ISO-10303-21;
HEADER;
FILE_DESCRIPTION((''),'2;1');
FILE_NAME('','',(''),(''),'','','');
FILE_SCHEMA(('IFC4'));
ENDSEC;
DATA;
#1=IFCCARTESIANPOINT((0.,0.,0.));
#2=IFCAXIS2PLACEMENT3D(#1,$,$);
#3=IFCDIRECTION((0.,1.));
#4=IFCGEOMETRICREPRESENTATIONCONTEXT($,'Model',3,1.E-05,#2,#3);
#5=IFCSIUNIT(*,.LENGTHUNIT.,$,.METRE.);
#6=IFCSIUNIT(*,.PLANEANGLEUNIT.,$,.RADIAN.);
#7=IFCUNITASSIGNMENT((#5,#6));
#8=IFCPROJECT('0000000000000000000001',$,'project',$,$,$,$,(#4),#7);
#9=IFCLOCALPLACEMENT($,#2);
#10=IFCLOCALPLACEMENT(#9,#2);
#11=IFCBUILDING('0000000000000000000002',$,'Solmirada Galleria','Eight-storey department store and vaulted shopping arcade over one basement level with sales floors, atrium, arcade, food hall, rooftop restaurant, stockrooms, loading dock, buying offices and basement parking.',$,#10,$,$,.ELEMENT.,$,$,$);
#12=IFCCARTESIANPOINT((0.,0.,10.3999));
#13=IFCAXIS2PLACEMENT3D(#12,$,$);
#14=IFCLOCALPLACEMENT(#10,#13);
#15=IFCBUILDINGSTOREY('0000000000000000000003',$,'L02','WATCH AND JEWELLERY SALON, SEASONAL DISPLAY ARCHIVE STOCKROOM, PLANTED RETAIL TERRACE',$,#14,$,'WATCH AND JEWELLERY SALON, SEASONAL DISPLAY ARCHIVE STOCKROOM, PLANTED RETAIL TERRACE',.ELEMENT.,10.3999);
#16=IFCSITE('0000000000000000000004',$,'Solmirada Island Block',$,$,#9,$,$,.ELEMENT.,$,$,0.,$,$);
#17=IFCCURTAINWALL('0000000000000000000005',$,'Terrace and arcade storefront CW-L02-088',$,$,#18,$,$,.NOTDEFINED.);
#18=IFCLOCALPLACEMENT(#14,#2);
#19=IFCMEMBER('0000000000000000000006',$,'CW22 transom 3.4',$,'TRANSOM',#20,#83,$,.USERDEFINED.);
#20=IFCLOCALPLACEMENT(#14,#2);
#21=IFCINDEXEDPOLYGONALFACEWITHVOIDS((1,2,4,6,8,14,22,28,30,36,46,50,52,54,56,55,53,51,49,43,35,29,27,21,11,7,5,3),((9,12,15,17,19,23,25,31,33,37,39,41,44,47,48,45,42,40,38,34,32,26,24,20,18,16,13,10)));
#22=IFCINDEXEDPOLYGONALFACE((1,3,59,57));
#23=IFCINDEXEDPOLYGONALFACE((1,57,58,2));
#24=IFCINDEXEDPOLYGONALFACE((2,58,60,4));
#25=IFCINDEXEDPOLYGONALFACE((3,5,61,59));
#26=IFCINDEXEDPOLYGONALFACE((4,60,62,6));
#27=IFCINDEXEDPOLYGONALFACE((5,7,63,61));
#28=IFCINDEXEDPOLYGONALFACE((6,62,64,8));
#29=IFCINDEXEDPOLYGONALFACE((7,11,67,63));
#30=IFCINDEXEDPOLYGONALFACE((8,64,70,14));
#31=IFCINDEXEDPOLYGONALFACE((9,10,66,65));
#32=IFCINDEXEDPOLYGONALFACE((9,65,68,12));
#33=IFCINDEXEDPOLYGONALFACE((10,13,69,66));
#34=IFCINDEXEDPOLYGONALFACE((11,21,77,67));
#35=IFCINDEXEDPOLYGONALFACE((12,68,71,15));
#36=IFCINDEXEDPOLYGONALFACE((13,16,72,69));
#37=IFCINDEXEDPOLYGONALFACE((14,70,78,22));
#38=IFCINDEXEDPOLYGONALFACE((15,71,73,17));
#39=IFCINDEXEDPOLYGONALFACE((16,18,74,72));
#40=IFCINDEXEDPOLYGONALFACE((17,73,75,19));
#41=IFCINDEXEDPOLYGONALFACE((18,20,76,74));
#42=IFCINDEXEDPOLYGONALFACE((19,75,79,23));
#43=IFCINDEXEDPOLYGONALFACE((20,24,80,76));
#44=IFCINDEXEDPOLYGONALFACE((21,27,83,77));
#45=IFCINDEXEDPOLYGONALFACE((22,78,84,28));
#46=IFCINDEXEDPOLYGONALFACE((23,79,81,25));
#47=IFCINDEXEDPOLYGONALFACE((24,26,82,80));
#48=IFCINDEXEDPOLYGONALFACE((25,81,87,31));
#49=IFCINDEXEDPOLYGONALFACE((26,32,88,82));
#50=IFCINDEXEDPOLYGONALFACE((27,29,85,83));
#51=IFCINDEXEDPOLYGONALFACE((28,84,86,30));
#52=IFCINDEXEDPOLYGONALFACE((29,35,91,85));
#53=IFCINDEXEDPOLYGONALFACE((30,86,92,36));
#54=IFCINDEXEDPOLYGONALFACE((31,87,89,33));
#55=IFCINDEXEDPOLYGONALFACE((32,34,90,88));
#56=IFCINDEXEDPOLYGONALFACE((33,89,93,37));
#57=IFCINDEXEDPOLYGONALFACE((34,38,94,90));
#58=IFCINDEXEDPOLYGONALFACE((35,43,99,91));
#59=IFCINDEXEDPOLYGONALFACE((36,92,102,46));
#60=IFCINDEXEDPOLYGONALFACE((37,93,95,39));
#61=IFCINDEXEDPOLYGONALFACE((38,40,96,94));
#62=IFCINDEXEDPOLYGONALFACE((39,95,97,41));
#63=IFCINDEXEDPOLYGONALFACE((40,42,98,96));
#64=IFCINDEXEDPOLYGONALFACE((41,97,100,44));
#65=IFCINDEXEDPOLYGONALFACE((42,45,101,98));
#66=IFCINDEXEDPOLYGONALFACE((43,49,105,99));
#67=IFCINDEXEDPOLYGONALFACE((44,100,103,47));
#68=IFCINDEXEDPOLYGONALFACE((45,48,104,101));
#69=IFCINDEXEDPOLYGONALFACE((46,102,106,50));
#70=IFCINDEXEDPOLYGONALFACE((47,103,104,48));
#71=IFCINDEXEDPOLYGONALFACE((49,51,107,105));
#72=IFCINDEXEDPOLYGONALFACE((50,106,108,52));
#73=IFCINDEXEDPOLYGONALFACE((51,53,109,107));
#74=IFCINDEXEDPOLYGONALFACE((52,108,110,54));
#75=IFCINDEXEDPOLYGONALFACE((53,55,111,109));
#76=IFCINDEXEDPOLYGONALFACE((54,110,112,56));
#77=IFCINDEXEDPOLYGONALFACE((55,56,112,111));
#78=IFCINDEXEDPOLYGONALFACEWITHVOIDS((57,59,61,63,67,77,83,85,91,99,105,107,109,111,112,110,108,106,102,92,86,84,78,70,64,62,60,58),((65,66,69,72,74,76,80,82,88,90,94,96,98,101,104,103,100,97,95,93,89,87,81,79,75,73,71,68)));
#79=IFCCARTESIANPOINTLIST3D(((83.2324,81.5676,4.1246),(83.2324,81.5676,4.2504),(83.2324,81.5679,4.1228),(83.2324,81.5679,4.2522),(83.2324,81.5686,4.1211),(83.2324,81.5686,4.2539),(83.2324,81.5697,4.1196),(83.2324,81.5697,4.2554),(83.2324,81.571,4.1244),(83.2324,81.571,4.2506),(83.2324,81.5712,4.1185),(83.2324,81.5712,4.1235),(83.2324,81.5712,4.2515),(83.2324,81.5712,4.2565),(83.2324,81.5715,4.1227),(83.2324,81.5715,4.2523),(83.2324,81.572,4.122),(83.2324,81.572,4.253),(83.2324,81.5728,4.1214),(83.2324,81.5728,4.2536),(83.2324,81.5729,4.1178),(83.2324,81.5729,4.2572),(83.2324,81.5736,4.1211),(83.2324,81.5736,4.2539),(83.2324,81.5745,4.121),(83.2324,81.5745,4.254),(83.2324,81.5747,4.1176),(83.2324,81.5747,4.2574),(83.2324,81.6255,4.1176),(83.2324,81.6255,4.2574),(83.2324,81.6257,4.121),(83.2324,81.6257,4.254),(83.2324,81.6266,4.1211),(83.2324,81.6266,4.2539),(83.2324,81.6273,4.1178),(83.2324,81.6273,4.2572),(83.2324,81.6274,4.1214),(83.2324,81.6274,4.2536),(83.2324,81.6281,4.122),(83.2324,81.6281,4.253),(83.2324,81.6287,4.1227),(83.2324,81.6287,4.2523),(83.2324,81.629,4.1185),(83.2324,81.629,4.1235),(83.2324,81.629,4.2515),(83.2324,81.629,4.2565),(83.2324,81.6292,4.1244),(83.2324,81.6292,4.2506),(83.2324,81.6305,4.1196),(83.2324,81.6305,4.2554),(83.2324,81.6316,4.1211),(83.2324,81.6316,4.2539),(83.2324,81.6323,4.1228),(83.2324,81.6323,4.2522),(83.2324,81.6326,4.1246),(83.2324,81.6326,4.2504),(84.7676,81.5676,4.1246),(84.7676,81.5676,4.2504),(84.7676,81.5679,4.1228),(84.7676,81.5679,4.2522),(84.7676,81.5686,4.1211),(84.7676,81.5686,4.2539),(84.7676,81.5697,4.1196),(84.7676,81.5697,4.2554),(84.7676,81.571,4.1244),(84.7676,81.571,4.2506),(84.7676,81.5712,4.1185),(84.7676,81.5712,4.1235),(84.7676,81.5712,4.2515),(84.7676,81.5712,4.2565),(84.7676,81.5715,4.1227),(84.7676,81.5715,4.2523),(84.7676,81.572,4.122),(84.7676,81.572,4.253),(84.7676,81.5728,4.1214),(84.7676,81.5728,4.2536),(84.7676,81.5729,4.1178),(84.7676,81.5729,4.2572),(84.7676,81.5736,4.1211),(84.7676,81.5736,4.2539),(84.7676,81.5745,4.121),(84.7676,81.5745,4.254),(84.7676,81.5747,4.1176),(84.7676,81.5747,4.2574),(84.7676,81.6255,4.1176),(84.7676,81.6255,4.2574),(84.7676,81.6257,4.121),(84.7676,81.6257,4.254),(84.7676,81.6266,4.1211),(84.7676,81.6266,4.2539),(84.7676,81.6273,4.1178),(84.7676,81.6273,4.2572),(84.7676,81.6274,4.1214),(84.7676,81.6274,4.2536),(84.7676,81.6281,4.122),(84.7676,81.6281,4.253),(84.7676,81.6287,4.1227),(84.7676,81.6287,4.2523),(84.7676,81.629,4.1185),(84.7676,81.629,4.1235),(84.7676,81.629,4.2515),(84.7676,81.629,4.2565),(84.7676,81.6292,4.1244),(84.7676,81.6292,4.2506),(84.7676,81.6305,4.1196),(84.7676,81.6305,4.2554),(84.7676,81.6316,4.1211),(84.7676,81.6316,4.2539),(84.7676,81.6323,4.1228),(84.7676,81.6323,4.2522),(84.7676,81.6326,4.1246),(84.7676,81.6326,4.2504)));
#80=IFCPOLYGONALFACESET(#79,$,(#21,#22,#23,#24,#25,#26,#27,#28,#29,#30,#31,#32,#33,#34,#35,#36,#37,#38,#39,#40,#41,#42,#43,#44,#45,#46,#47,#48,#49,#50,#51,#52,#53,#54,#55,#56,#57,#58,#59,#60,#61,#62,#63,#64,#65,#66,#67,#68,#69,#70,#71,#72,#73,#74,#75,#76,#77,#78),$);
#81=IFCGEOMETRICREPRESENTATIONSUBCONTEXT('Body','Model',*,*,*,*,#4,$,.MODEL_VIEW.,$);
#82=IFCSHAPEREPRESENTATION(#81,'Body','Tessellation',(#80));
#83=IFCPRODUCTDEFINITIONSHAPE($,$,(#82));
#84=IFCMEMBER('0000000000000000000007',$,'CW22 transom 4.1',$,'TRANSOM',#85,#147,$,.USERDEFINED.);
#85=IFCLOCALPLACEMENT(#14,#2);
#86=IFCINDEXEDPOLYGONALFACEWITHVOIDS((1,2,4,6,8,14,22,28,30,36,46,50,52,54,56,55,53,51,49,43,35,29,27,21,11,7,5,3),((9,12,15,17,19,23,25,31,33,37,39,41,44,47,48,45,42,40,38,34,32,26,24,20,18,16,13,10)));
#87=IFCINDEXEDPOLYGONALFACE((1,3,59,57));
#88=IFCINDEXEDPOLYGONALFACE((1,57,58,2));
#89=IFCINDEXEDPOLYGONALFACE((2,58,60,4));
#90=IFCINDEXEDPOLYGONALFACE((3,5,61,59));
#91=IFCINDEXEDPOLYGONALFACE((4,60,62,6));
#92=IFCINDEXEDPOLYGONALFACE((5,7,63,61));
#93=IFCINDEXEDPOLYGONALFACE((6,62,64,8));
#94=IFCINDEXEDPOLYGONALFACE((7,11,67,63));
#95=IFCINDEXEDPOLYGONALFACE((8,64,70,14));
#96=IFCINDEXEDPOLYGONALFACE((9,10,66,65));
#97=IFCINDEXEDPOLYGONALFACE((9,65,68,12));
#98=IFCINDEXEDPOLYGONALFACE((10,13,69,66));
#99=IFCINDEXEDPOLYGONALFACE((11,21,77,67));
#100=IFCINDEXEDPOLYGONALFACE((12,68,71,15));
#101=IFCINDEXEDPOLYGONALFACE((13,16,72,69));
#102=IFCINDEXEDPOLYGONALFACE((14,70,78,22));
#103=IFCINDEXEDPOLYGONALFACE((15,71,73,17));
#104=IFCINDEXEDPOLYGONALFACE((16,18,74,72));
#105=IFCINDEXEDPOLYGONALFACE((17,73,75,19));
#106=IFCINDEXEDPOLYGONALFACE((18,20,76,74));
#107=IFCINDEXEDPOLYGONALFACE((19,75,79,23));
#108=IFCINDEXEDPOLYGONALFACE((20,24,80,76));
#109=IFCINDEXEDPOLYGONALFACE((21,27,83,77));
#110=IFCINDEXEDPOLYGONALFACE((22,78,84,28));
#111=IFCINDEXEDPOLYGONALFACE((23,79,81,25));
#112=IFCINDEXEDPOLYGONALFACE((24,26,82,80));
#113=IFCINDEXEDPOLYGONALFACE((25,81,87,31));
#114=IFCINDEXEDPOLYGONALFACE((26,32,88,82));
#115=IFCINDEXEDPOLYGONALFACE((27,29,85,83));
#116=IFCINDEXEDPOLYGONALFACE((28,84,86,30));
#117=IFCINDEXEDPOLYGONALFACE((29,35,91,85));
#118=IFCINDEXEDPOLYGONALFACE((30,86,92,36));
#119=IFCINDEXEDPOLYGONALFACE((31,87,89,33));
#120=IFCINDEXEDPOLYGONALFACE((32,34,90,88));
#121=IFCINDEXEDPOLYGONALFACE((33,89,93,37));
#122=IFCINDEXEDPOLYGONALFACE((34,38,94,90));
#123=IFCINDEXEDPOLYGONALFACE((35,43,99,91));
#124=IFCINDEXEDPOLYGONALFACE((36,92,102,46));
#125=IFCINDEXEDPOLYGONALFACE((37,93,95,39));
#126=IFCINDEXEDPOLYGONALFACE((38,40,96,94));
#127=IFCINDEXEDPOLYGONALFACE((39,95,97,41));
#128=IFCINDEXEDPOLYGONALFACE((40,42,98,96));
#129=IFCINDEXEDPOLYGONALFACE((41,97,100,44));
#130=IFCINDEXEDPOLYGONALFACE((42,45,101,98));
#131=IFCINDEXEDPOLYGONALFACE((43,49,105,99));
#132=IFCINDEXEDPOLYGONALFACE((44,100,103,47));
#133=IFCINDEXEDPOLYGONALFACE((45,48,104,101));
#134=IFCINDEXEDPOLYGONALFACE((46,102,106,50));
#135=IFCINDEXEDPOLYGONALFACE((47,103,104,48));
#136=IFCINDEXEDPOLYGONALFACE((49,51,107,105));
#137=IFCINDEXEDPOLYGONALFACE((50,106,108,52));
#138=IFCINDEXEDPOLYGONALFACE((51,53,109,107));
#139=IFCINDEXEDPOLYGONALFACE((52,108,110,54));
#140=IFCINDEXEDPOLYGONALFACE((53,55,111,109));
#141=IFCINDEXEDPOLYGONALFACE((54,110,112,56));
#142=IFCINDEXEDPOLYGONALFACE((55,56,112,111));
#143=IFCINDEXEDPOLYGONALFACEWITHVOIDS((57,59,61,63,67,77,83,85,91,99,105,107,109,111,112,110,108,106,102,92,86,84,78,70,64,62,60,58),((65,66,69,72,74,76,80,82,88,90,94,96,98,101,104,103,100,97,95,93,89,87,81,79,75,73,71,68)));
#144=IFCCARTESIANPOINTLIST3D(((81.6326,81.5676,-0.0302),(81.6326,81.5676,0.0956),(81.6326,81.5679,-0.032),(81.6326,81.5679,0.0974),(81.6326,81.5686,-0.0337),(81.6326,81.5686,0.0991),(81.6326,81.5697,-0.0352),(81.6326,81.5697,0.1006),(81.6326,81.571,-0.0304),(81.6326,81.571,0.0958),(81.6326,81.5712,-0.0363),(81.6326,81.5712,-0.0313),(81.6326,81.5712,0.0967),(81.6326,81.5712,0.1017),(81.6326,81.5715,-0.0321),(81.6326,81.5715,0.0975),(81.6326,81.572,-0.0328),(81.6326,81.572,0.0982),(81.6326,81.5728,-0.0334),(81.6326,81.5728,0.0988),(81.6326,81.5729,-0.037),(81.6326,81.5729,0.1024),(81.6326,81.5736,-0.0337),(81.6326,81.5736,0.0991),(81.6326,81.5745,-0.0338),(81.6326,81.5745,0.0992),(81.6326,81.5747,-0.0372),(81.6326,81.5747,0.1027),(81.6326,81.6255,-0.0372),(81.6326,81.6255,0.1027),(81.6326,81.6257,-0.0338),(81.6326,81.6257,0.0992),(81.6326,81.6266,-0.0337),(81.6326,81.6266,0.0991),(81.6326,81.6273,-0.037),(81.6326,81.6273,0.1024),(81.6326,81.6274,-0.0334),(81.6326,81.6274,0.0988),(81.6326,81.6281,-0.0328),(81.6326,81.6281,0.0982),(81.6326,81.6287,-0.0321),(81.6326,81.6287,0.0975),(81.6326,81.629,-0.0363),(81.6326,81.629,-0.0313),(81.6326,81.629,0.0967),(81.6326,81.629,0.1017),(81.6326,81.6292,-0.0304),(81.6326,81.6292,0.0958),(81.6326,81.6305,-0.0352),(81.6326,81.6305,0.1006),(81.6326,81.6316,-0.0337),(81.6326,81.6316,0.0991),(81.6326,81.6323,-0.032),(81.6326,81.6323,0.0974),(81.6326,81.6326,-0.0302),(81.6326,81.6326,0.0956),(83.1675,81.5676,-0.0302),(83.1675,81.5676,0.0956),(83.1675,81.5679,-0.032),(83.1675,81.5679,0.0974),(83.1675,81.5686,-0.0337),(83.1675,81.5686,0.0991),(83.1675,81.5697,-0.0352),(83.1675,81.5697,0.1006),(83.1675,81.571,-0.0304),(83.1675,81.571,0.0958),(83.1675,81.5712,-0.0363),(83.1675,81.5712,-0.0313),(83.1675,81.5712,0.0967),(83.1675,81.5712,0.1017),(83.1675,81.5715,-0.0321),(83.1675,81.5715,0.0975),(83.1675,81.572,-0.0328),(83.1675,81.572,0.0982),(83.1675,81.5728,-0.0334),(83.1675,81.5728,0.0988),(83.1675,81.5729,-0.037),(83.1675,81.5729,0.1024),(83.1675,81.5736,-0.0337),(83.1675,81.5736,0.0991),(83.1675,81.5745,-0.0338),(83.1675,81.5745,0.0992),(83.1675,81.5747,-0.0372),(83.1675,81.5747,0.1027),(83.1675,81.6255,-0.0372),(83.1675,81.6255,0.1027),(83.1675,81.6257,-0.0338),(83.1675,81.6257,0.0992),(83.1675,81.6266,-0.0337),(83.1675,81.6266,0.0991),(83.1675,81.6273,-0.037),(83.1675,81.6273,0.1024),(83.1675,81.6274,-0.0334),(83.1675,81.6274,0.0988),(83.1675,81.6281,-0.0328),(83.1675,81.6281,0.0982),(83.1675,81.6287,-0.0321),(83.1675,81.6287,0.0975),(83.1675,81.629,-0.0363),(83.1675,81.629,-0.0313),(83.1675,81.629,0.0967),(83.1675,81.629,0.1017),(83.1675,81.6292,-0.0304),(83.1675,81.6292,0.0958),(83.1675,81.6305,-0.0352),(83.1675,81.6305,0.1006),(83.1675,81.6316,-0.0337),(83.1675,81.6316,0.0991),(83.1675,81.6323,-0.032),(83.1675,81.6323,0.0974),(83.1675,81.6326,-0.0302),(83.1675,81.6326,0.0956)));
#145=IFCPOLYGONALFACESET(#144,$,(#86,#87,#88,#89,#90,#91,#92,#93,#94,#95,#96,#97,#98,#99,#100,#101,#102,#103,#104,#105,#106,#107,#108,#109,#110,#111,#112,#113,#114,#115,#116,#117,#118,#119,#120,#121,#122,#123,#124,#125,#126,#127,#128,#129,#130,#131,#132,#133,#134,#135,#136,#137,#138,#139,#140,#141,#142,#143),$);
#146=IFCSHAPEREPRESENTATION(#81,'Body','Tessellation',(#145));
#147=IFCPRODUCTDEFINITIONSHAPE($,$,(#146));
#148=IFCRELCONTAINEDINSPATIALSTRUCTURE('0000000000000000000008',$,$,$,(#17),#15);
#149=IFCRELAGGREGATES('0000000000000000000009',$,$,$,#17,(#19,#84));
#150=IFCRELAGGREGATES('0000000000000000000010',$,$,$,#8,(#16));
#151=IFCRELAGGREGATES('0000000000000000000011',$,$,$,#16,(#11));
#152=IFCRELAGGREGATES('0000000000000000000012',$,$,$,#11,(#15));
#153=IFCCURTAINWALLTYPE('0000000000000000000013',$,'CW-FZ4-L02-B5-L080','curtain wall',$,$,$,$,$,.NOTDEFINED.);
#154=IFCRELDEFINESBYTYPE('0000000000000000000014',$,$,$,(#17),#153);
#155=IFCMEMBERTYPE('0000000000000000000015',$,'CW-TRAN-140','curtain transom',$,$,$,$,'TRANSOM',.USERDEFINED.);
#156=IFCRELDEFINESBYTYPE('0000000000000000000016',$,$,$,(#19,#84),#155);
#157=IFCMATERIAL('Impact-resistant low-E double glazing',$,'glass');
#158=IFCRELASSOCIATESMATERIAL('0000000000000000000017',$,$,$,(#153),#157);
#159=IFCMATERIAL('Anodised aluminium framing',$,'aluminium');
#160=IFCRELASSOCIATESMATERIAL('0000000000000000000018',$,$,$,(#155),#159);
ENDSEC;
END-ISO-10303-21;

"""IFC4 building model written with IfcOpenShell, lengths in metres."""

from ifc_helpers import new_model, si_unit, direction, frame, origin, origin_2d, place, context, subcontext, project, spatial, hollow_rectangle, extrude, material, material_profile, profile_set, type_object, element, aggregate, save


model = new_model("IFC4")

# Units and contexts
model_context = context("Model", 3, precision=1e-05, world=origin(), true_north=direction((0.0, 1.0)))
body_context = subcontext(model_context, "Body", "Model", "MODEL_VIEW")
ifc_project = project(units=[si_unit("LENGTHUNIT", "METRE"), si_unit("PLANEANGLEUNIT", "RADIAN")], contexts=[model_context])

# Site, building, storey
site_placement = place(None, origin())
site = spatial("IfcSite", under=ifc_project, at=site_placement, Name="Solmirada Island Block", CompositionType="ELEMENT", RefElevation=0.0)
building_placement = place(site_placement, origin())
building = spatial("IfcBuilding", under=site, at=building_placement, Name="Solmirada Galleria", Description="Eight-storey department store and vaulted shopping arcade over one basement level with sales floors, atrium, arcade, food hall, rooftop restaurant, stockrooms, loading dock, buying offices and basement parking.", CompositionType="ELEMENT")
storey_placement = place(building_placement, frame((0.0, 0.0, 10.3999)))
storey = spatial("IfcBuildingStorey", under=building, at=storey_placement, Name="L02", Description="WATCH AND JEWELLERY SALON, SEASONAL DISPLAY ARCHIVE STOCKROOM, PLANTED RETAIL TERRACE", LongName="WATCH AND JEWELLERY SALON, SEASONAL DISPLAY ARCHIVE STOCKROOM, PLANTED RETAIL TERRACE", CompositionType="ELEMENT", Elevation=10.3999)

# Curtain wall, members
ifc_material_1 = material(Name="Impact-resistant low-E double glazing", Category="glass")
curtain_wall_type = type_object("IfcCurtainWallType", Name="CW-FZ4-L02-B5-L080", Description="curtain wall", PredefinedType="NOTDEFINED", material=ifc_material_1)
curtain_wall_placement = place(storey_placement, origin())
curtain_wall = element("IfcCurtainWall", 1, at=curtain_wall_placement, inside=storey, type_object=curtain_wall_type, Name="Terrace and arcade storefront CW-L02-088", PredefinedType="NOTDEFINED")
ifc_material_2 = material(Name="Anodised aluminium framing", Category="aluminium")
ifc_material_profile_1 = material_profile(ifc_material_2, hollow_rectangle(XDim=0.0649, YDim=0.1399, WallThickness=0.0034, InnerFilletRadius=0.0034, OuterFilletRadius=0.0071, at=origin_2d()), Name="ALU-TRAN-140X65")
ifc_profile_set_1 = profile_set([ifc_material_profile_1], Name="Anodised aluminium framing")
member_type_1 = type_object("IfcMemberType", Name="CW-TRAN-140", Description="curtain transom", ElementType="TRANSOM", PredefinedType="USERDEFINED", material=ifc_profile_set_1)
member_1_placement = place(storey_placement, frame((84.7676, 81.6001, 4.1875), z_axis=(-1.0, 0.0, 0.0), x_axis=(0.0, -1.0, 0.0)))
member_1 = element("IfcMember", 2, at=member_1_placement, type_object=member_type_1, Name="CW22 transom 3.4", ObjectType="TRANSOM", PredefinedType="USERDEFINED", context=body_context, shape_type="SweptSolid", body=[
    extrude(hollow_rectangle(XDim=0.0649, YDim=0.1399, WallThickness=0.0034, InnerFilletRadius=0.0034, OuterFilletRadius=0.0071, at=origin_2d()), origin(), (0.0, 0.0, 1.0), 1.5352),
])
member_2_placement = place(storey_placement, frame((83.1675, 81.6001, 0.0327), z_axis=(-1.0, 0.0, 0.0), x_axis=(0.0, -1.0, 0.0)))
member_2 = element("IfcMember", 3, at=member_2_placement, type_object=member_type_1, Name="CW22 transom 4.1", ObjectType="TRANSOM", PredefinedType="USERDEFINED", context=body_context, shape_type="SweptSolid", body=[
    extrude(hollow_rectangle(XDim=0.0649, YDim=0.1399, WallThickness=0.0034, InnerFilletRadius=0.0034, OuterFilletRadius=0.0071, at=origin_2d()), origin(), (0.0, 0.0, 1.0), 1.5349),
])
aggregate(curtain_wall, [member_1, member_2])

save(model, "model.ifc")
